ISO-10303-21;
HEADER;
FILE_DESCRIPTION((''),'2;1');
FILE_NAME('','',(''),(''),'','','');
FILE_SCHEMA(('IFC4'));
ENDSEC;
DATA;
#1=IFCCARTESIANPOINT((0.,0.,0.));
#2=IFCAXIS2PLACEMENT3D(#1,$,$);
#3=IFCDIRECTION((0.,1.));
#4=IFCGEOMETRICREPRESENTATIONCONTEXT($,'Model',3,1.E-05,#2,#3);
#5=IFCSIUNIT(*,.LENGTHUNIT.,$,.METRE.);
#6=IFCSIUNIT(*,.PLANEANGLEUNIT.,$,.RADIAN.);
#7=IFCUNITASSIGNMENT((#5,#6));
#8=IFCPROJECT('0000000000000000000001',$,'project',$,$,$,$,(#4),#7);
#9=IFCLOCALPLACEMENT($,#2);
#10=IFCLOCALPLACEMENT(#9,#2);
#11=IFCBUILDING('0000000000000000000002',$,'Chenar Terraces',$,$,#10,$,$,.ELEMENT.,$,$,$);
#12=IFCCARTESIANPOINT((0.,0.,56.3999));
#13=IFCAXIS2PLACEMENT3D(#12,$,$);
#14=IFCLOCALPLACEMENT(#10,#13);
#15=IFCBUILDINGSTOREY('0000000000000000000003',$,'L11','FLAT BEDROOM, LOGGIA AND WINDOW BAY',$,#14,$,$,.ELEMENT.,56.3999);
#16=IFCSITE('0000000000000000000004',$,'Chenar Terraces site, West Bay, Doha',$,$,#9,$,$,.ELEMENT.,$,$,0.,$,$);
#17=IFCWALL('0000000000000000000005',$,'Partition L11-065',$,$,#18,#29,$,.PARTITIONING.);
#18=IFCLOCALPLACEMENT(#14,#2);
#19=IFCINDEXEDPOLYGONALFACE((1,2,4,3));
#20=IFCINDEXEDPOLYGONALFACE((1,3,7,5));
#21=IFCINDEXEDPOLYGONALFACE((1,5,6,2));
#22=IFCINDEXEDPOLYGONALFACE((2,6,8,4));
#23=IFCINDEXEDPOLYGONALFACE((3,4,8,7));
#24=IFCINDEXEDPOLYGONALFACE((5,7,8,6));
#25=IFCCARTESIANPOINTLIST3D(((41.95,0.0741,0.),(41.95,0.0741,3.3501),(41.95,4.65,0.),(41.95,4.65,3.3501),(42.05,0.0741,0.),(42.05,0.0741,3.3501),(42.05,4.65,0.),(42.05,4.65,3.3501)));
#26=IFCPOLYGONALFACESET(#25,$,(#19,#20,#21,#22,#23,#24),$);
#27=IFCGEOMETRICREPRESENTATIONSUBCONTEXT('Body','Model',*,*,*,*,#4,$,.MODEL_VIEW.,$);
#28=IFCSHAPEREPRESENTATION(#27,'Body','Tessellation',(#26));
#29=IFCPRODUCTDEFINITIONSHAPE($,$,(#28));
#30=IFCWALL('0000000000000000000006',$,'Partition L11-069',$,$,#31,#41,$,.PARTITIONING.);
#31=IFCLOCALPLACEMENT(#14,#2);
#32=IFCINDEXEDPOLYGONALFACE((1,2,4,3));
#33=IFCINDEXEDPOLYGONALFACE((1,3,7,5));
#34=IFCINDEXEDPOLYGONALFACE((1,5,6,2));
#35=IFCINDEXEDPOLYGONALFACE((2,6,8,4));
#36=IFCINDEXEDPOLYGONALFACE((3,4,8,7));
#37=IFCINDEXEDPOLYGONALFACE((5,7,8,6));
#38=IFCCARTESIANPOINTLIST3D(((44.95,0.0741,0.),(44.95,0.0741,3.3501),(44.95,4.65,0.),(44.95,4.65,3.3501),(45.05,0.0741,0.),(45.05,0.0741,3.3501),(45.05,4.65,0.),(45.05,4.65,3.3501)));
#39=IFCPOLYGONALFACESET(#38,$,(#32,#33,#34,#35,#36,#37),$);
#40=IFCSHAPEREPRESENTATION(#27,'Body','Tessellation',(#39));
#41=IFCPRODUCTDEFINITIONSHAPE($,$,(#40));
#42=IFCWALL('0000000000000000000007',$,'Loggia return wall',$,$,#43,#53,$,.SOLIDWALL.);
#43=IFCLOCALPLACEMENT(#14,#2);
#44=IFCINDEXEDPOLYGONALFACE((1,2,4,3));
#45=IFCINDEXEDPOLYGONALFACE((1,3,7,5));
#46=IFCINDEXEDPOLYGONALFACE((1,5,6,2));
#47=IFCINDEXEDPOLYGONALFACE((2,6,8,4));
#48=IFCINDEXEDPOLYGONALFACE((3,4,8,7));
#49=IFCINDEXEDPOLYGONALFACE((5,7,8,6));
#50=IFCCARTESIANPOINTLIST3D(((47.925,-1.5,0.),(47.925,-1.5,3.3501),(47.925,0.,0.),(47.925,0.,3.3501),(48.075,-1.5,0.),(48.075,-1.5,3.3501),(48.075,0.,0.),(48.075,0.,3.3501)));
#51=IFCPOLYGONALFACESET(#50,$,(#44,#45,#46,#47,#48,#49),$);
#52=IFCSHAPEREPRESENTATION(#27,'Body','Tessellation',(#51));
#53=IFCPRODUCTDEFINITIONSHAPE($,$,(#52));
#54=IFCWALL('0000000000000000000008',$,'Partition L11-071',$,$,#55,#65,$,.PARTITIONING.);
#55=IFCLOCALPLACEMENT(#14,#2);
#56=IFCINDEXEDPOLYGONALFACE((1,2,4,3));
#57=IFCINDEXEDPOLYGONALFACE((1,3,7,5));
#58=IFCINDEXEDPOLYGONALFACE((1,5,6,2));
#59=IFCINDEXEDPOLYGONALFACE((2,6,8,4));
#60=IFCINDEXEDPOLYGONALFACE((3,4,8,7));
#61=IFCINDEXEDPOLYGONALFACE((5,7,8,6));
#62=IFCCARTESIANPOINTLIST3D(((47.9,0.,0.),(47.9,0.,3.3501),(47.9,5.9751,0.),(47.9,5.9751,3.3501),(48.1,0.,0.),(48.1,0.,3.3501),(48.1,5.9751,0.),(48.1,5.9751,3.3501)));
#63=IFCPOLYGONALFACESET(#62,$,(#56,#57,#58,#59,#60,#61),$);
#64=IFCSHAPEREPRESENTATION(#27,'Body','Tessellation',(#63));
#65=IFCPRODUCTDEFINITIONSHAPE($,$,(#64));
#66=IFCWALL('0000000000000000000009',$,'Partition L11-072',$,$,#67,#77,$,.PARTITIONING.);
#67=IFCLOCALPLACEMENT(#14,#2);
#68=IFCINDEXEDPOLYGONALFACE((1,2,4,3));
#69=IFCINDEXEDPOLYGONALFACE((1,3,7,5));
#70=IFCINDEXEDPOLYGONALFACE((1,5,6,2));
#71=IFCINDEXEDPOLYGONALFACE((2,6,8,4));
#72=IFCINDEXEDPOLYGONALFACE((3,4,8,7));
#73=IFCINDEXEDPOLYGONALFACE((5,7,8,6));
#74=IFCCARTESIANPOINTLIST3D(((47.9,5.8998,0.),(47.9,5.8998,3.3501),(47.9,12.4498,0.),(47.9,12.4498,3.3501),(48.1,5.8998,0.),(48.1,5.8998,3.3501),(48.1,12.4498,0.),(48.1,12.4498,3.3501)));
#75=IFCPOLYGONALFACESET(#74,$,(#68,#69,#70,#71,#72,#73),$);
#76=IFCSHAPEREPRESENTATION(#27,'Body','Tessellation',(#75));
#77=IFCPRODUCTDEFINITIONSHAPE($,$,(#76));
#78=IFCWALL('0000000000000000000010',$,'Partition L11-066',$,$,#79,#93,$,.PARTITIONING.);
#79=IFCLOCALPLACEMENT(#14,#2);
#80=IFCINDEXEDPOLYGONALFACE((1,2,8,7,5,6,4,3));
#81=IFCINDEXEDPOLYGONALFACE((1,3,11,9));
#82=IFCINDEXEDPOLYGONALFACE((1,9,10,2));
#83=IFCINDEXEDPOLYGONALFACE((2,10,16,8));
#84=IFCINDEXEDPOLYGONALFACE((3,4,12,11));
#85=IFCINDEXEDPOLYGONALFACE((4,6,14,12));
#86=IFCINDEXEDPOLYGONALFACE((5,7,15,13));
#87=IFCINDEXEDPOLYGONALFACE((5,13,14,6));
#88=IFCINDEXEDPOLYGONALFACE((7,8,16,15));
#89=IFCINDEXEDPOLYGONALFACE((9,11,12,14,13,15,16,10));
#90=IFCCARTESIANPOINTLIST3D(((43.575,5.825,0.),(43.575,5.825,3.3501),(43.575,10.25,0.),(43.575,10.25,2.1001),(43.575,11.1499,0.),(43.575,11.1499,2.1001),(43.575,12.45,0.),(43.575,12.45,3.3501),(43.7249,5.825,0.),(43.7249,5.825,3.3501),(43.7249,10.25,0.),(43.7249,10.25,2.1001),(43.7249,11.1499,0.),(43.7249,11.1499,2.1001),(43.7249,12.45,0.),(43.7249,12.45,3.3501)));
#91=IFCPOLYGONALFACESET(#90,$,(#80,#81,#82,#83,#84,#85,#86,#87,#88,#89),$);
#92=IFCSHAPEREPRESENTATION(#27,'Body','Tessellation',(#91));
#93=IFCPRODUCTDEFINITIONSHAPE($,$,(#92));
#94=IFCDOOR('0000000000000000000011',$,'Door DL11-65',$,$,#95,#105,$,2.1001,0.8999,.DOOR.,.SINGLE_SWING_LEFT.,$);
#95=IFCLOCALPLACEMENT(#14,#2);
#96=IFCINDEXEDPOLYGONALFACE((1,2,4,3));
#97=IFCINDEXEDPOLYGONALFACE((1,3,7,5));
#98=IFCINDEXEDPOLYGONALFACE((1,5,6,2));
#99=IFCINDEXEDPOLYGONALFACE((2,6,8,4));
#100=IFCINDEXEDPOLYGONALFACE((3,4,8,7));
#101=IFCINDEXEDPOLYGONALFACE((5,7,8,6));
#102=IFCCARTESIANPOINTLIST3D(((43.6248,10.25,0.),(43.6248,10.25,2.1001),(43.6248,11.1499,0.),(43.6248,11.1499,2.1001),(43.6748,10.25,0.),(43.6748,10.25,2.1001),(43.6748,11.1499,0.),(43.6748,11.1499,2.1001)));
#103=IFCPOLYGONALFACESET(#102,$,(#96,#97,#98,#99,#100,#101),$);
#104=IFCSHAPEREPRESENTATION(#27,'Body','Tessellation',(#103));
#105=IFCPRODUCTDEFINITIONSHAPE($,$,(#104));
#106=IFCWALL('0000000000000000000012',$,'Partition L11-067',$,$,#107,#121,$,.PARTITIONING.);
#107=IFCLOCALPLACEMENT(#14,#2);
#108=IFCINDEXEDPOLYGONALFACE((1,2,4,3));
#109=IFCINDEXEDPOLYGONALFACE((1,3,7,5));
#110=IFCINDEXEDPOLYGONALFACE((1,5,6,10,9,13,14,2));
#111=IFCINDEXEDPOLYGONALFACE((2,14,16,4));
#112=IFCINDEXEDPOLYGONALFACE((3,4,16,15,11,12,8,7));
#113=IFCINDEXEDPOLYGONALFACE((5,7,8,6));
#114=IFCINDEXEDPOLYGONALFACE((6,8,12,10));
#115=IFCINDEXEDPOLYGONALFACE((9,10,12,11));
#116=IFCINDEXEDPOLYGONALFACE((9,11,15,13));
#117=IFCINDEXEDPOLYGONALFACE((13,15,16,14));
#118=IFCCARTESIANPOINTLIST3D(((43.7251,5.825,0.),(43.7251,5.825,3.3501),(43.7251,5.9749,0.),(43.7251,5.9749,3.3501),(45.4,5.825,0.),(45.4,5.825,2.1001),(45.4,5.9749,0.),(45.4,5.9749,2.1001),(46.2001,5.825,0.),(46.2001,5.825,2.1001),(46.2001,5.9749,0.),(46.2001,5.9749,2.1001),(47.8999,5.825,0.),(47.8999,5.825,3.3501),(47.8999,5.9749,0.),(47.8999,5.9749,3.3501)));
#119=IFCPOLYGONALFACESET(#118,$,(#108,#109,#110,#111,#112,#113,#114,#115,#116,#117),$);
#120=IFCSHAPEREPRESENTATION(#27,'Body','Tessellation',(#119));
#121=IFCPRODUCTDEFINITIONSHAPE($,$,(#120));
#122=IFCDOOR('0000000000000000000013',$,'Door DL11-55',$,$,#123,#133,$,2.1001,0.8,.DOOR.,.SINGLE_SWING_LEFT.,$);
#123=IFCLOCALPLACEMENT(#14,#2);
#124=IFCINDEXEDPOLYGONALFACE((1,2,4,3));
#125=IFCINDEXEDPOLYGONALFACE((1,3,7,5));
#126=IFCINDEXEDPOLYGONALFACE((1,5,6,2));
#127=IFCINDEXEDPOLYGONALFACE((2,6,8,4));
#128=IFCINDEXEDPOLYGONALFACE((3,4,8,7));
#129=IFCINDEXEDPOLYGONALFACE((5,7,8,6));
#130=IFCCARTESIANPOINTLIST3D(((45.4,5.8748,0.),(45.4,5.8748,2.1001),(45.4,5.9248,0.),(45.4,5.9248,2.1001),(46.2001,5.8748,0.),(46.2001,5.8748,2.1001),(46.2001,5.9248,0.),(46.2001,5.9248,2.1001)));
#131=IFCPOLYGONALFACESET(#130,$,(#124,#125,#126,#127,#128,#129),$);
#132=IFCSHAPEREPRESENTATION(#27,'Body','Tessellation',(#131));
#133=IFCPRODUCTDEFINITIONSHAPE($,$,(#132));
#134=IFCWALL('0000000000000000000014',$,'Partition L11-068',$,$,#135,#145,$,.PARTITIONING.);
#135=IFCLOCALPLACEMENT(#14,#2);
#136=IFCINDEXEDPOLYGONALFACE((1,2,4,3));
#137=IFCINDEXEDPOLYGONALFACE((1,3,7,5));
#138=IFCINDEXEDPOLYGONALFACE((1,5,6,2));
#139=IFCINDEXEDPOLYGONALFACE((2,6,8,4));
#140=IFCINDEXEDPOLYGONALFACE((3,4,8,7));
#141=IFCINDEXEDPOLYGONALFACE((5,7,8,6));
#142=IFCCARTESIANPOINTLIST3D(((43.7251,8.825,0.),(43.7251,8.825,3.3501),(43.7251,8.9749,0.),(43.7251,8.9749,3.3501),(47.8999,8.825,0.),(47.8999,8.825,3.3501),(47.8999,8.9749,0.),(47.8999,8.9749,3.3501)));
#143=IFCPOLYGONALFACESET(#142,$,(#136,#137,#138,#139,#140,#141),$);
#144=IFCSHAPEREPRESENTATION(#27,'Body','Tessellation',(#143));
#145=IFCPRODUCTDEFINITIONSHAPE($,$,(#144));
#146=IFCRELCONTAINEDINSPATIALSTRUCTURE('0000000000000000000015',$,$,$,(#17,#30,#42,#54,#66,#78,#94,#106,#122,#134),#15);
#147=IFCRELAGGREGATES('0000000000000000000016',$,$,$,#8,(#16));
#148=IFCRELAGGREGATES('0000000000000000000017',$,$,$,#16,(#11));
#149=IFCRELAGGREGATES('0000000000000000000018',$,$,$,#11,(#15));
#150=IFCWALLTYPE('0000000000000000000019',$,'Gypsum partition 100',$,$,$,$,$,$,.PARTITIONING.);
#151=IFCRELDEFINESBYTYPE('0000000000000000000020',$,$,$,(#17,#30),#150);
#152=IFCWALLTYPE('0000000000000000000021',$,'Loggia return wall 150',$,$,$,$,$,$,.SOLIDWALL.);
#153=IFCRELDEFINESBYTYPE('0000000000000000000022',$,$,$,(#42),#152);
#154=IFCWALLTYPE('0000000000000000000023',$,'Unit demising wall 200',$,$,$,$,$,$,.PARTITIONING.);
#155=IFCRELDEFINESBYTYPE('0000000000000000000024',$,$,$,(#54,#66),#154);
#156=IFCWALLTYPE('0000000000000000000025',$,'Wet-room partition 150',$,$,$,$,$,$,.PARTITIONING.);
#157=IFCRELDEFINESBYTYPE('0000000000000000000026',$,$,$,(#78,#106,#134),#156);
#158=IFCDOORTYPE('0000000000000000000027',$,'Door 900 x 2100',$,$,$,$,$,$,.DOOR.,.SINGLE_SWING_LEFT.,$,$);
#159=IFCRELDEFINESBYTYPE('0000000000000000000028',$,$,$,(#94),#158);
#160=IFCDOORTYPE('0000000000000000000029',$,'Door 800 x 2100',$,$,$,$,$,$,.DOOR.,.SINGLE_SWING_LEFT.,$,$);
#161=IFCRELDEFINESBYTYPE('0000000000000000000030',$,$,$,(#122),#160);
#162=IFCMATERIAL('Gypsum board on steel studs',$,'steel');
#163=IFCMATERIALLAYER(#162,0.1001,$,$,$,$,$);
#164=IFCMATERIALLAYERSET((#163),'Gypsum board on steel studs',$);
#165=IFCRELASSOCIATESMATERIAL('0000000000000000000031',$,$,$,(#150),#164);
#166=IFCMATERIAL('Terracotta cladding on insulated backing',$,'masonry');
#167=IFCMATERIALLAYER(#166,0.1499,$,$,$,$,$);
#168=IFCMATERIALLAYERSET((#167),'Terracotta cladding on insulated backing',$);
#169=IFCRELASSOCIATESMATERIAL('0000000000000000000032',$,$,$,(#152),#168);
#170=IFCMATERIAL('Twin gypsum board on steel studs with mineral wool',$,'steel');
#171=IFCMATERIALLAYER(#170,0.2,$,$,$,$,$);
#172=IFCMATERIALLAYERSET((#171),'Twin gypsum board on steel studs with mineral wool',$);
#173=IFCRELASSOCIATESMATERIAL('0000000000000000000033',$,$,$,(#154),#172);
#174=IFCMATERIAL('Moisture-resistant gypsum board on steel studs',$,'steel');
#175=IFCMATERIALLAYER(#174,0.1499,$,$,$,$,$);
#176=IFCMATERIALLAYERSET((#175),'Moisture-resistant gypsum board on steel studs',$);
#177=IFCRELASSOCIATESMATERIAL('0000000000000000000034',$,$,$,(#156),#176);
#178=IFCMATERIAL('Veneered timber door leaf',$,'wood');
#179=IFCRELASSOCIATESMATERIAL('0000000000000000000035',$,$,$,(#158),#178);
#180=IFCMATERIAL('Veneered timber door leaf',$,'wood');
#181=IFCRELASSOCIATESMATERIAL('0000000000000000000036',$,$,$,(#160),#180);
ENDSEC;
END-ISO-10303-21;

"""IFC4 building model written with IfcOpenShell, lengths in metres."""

from ifc_helpers import new_model, si_unit, direction, frame, frame_2d, origin, place, context, subcontext, project, spatial, rectangle, extrude, material, layer, layer_set, type_object, element, fill, save


model = new_model("IFC4")

# Units and contexts
model_context = context("Model", 3, precision=1e-05, world=origin(), true_north=direction((0.0, 1.0)))
body_context = subcontext(model_context, "Body", "Model", "MODEL_VIEW")
ifc_project = project(units=[si_unit("LENGTHUNIT", "METRE"), si_unit("PLANEANGLEUNIT", "RADIAN")], contexts=[model_context])

# Site, building, storey
site_placement = place(None, origin())
site = spatial("IfcSite", under=ifc_project, at=site_placement, Name="Chenar Terraces site, West Bay, Doha", CompositionType="ELEMENT", RefElevation=0.0)
building_placement = place(site_placement, origin())
building = spatial("IfcBuilding", under=site, at=building_placement, Name="Chenar Terraces", CompositionType="ELEMENT")
storey_placement = place(building_placement, frame((0.0, 0.0, 56.3999)))
storey = spatial("IfcBuildingStorey", under=building, at=storey_placement, Name="L11", Description="FLAT BEDROOM, LOGGIA AND WINDOW BAY", CompositionType="ELEMENT", Elevation=56.3999)

# Walls
ifc_material_1 = material(Name="Gypsum board on steel studs", Category="steel")
ifc_layer_1 = layer(ifc_material_1, 0.1001)
ifc_layer_set_1 = layer_set([ifc_layer_1], Name="Gypsum board on steel studs")
wall_type_1 = type_object("IfcWallType", Name="Gypsum partition 100", PredefinedType="PARTITIONING", material=ifc_layer_set_1)
for number, where, z_axis, x_axis, name in (
    (1, (42.0, 0.074, 0.0), (0.0, 0.0, 1.0), (0.0, 1.0, 0.0), "Partition L11-065"),
    (2, (45.0, 0.074, 0.0), (0.0, 0.0, 1.0), (0.0, 1.0, 0.0), "Partition L11-069"),
):
    element("IfcWall", number, at=place(storey_placement, frame(where, z_axis=z_axis, x_axis=x_axis)), inside=storey, type_object=wall_type_1, Name=name, PredefinedType="PARTITIONING", context=body_context, shape_type="SweptSolid", body=[
        extrude(rectangle(XDim=4.5759, YDim=0.1001, at=frame_2d((2.2881, 0.0))), origin(), (0.0, 0.0, 1.0), 3.3501),
    ])
ifc_material_2 = material(Name="Terracotta cladding on insulated backing", Category="masonry")
ifc_layer_2 = layer(ifc_material_2, 0.1499)
ifc_layer_set_2 = layer_set([ifc_layer_2], Name="Terracotta cladding on insulated backing")
wall_type_2 = type_object("IfcWallType", Name="Loggia return wall 150", PredefinedType="SOLIDWALL", material=ifc_layer_set_2)
wall_1_placement = place(storey_placement, frame((48.0, -1.5, 0.0), z_axis=(0.0, 0.0, 1.0), x_axis=(0.0, 1.0, 0.0)))
element("IfcWall", 3, at=wall_1_placement, inside=storey, type_object=wall_type_2, Name="Loggia return wall", PredefinedType="SOLIDWALL", context=body_context, shape_type="SweptSolid", body=[
    extrude(rectangle(XDim=1.5, YDim=0.1499, at=frame_2d((0.75, 0.0))), origin(), (0.0, 0.0, 1.0), 3.3501),
])
ifc_material_3 = material(Name="Twin gypsum board on steel studs with mineral wool", Category="steel")
ifc_layer_3 = layer(ifc_material_3, 0.2)
ifc_layer_set_3 = layer_set([ifc_layer_3], Name="Twin gypsum board on steel studs with mineral wool")
wall_type_3 = type_object("IfcWallType", Name="Unit demising wall 200", PredefinedType="PARTITIONING", material=ifc_layer_set_3)
wall_2_placement = place(storey_placement, frame((48.0, 0.0, 0.0), z_axis=(0.0, 0.0, 1.0), x_axis=(0.0, 1.0, 0.0)))
element("IfcWall", 4, at=wall_2_placement, inside=storey, type_object=wall_type_3, Name="Partition L11-071", PredefinedType="PARTITIONING", context=body_context, shape_type="SweptSolid", body=[
    extrude(rectangle(XDim=5.9751, YDim=0.2, at=frame_2d((2.9875, 0.0))), origin(), (0.0, 0.0, 1.0), 3.3501),
])
wall_3_placement = place(storey_placement, frame((48.0, 5.8999, 0.0), z_axis=(0.0, 0.0, 1.0), x_axis=(0.0, 1.0, 0.0)))
element("IfcWall", 5, at=wall_3_placement, inside=storey, type_object=wall_type_3, Name="Partition L11-072", PredefinedType="PARTITIONING", context=body_context, shape_type="SweptSolid", body=[
    extrude(rectangle(XDim=6.55, YDim=0.2, at=frame_2d((3.2749, 0.0))), origin(), (0.0, 0.0, 1.0), 3.3501),
])

# Walls, openings, doors
ifc_material_4 = material(Name="Moisture-resistant gypsum board on steel studs", Category="steel")
ifc_layer_4 = layer(ifc_material_4, 0.1499)
ifc_layer_set_4 = layer_set([ifc_layer_4], Name="Moisture-resistant gypsum board on steel studs")
wall_type_4 = type_object("IfcWallType", Name="Wet-room partition 150", PredefinedType="PARTITIONING", material=ifc_layer_set_4)
wall_4_placement = place(storey_placement, frame((43.6499, 5.825, 0.0), z_axis=(0.0, 0.0, 1.0), x_axis=(0.0, 1.0, 0.0)))
wall_4 = element("IfcWall", 6, at=wall_4_placement, inside=storey, type_object=wall_type_4, Name="Partition L11-066", PredefinedType="PARTITIONING", context=body_context, shape_type="SweptSolid", body=[
    extrude(rectangle(XDim=6.625, YDim=0.1499, at=frame_2d((3.3125, 0.0))), origin(), (0.0, 0.0, 1.0), 3.3501),
])
opening_1_placement = place(wall_4_placement, frame((4.425, 0.0, 0.0)))
opening_1 = element("IfcOpeningElement", 7, at=opening_1_placement, cuts=wall_4, PredefinedType="OPENING", context=body_context, shape_type="SweptSolid", body=[
    extrude(rectangle(XDim=0.8999, YDim=2.1001, at=frame_2d((0.45, 1.05))), frame((0.0, 0.085, 0.0), z_axis=(0.0, -1.0, 0.0), x_axis=(1.0, 0.0, 0.0)), (0.0, 0.0, 1.0), 0.1699),
])
ifc_material_5 = material(Name="Veneered timber door leaf", Category="wood")
door_type_1 = type_object("IfcDoorType", Name="Door 900 x 2100", OperationType="SINGLE_SWING_LEFT", PredefinedType="DOOR", material=ifc_material_5)
door_1_placement = place(opening_1_placement, frame((0.8999, 0.0, 0.0), z_axis=(0.0, 0.0, 1.0), x_axis=(-1.0, 0.0, 0.0)))
door_1 = element("IfcDoor", 8, at=door_1_placement, inside=storey, type_object=door_type_1, Name="Door DL11-65", OperationType="SINGLE_SWING_LEFT", OverallHeight=2.1001, OverallWidth=0.8999, PredefinedType="DOOR", context=body_context, shape_type="SweptSolid", body=[
    extrude(rectangle(XDim=0.8999, YDim=2.1001, at=frame_2d((0.45, 1.05))), frame((0.0, 0.0249, 0.0), z_axis=(0.0, -1.0, 0.0), x_axis=(1.0, 0.0, 0.0)), (0.0, 0.0, 1.0), 0.05),
])
fill(opening_1, door_1)
wall_5_placement = place(storey_placement, frame((43.7251, 5.8999, 0.0), z_axis=(0.0, 0.0, 1.0), x_axis=(1.0, 0.0, 0.0)))
wall_5 = element("IfcWall", 9, at=wall_5_placement, inside=storey, type_object=wall_type_4, Name="Partition L11-067", PredefinedType="PARTITIONING", context=body_context, shape_type="SweptSolid", body=[
    extrude(rectangle(XDim=4.1748, YDim=0.1499, at=frame_2d((2.0874, 0.0))), origin(), (0.0, 0.0, 1.0), 3.3501),
])
opening_2_placement = place(wall_5_placement, frame((1.675, 0.0, 0.0)))
opening_2 = element("IfcOpeningElement", 10, at=opening_2_placement, cuts=wall_5, PredefinedType="OPENING", context=body_context, shape_type="SweptSolid", body=[
    extrude(rectangle(XDim=0.8, YDim=2.1001, at=frame_2d((0.3999, 1.05))), frame((0.0, 0.085, 0.0), z_axis=(0.0, -1.0, 0.0), x_axis=(1.0, 0.0, 0.0)), (0.0, 0.0, 1.0), 0.1699),
])
ifc_material_6 = material(Name="Veneered timber door leaf", Category="wood")
door_type_2 = type_object("IfcDoorType", Name="Door 800 x 2100", OperationType="SINGLE_SWING_LEFT", PredefinedType="DOOR", material=ifc_material_6)
door_2_placement = place(opening_2_placement, origin())
door_2 = element("IfcDoor", 11, at=door_2_placement, inside=storey, type_object=door_type_2, Name="Door DL11-55", OperationType="SINGLE_SWING_LEFT", OverallHeight=2.1001, OverallWidth=0.8, PredefinedType="DOOR", context=body_context, shape_type="SweptSolid", body=[
    extrude(rectangle(XDim=0.8, YDim=2.1001, at=frame_2d((0.3999, 1.05))), frame((0.0, 0.0249, 0.0), z_axis=(0.0, -1.0, 0.0), x_axis=(1.0, 0.0, 0.0)), (0.0, 0.0, 1.0), 0.05),
])
fill(opening_2, door_2)

# Wall
wall_6_placement = place(storey_placement, frame((43.7251, 8.8999, 0.0), z_axis=(0.0, 0.0, 1.0), x_axis=(1.0, 0.0, 0.0)))
element("IfcWall", 12, at=wall_6_placement, inside=storey, type_object=wall_type_4, Name="Partition L11-068", PredefinedType="PARTITIONING", context=body_context, shape_type="SweptSolid", body=[
    extrude(rectangle(XDim=4.1748, YDim=0.1499, at=frame_2d((2.0874, 0.0))), origin(), (0.0, 0.0, 1.0), 3.3501),
])

save(model, "model.ifc")
